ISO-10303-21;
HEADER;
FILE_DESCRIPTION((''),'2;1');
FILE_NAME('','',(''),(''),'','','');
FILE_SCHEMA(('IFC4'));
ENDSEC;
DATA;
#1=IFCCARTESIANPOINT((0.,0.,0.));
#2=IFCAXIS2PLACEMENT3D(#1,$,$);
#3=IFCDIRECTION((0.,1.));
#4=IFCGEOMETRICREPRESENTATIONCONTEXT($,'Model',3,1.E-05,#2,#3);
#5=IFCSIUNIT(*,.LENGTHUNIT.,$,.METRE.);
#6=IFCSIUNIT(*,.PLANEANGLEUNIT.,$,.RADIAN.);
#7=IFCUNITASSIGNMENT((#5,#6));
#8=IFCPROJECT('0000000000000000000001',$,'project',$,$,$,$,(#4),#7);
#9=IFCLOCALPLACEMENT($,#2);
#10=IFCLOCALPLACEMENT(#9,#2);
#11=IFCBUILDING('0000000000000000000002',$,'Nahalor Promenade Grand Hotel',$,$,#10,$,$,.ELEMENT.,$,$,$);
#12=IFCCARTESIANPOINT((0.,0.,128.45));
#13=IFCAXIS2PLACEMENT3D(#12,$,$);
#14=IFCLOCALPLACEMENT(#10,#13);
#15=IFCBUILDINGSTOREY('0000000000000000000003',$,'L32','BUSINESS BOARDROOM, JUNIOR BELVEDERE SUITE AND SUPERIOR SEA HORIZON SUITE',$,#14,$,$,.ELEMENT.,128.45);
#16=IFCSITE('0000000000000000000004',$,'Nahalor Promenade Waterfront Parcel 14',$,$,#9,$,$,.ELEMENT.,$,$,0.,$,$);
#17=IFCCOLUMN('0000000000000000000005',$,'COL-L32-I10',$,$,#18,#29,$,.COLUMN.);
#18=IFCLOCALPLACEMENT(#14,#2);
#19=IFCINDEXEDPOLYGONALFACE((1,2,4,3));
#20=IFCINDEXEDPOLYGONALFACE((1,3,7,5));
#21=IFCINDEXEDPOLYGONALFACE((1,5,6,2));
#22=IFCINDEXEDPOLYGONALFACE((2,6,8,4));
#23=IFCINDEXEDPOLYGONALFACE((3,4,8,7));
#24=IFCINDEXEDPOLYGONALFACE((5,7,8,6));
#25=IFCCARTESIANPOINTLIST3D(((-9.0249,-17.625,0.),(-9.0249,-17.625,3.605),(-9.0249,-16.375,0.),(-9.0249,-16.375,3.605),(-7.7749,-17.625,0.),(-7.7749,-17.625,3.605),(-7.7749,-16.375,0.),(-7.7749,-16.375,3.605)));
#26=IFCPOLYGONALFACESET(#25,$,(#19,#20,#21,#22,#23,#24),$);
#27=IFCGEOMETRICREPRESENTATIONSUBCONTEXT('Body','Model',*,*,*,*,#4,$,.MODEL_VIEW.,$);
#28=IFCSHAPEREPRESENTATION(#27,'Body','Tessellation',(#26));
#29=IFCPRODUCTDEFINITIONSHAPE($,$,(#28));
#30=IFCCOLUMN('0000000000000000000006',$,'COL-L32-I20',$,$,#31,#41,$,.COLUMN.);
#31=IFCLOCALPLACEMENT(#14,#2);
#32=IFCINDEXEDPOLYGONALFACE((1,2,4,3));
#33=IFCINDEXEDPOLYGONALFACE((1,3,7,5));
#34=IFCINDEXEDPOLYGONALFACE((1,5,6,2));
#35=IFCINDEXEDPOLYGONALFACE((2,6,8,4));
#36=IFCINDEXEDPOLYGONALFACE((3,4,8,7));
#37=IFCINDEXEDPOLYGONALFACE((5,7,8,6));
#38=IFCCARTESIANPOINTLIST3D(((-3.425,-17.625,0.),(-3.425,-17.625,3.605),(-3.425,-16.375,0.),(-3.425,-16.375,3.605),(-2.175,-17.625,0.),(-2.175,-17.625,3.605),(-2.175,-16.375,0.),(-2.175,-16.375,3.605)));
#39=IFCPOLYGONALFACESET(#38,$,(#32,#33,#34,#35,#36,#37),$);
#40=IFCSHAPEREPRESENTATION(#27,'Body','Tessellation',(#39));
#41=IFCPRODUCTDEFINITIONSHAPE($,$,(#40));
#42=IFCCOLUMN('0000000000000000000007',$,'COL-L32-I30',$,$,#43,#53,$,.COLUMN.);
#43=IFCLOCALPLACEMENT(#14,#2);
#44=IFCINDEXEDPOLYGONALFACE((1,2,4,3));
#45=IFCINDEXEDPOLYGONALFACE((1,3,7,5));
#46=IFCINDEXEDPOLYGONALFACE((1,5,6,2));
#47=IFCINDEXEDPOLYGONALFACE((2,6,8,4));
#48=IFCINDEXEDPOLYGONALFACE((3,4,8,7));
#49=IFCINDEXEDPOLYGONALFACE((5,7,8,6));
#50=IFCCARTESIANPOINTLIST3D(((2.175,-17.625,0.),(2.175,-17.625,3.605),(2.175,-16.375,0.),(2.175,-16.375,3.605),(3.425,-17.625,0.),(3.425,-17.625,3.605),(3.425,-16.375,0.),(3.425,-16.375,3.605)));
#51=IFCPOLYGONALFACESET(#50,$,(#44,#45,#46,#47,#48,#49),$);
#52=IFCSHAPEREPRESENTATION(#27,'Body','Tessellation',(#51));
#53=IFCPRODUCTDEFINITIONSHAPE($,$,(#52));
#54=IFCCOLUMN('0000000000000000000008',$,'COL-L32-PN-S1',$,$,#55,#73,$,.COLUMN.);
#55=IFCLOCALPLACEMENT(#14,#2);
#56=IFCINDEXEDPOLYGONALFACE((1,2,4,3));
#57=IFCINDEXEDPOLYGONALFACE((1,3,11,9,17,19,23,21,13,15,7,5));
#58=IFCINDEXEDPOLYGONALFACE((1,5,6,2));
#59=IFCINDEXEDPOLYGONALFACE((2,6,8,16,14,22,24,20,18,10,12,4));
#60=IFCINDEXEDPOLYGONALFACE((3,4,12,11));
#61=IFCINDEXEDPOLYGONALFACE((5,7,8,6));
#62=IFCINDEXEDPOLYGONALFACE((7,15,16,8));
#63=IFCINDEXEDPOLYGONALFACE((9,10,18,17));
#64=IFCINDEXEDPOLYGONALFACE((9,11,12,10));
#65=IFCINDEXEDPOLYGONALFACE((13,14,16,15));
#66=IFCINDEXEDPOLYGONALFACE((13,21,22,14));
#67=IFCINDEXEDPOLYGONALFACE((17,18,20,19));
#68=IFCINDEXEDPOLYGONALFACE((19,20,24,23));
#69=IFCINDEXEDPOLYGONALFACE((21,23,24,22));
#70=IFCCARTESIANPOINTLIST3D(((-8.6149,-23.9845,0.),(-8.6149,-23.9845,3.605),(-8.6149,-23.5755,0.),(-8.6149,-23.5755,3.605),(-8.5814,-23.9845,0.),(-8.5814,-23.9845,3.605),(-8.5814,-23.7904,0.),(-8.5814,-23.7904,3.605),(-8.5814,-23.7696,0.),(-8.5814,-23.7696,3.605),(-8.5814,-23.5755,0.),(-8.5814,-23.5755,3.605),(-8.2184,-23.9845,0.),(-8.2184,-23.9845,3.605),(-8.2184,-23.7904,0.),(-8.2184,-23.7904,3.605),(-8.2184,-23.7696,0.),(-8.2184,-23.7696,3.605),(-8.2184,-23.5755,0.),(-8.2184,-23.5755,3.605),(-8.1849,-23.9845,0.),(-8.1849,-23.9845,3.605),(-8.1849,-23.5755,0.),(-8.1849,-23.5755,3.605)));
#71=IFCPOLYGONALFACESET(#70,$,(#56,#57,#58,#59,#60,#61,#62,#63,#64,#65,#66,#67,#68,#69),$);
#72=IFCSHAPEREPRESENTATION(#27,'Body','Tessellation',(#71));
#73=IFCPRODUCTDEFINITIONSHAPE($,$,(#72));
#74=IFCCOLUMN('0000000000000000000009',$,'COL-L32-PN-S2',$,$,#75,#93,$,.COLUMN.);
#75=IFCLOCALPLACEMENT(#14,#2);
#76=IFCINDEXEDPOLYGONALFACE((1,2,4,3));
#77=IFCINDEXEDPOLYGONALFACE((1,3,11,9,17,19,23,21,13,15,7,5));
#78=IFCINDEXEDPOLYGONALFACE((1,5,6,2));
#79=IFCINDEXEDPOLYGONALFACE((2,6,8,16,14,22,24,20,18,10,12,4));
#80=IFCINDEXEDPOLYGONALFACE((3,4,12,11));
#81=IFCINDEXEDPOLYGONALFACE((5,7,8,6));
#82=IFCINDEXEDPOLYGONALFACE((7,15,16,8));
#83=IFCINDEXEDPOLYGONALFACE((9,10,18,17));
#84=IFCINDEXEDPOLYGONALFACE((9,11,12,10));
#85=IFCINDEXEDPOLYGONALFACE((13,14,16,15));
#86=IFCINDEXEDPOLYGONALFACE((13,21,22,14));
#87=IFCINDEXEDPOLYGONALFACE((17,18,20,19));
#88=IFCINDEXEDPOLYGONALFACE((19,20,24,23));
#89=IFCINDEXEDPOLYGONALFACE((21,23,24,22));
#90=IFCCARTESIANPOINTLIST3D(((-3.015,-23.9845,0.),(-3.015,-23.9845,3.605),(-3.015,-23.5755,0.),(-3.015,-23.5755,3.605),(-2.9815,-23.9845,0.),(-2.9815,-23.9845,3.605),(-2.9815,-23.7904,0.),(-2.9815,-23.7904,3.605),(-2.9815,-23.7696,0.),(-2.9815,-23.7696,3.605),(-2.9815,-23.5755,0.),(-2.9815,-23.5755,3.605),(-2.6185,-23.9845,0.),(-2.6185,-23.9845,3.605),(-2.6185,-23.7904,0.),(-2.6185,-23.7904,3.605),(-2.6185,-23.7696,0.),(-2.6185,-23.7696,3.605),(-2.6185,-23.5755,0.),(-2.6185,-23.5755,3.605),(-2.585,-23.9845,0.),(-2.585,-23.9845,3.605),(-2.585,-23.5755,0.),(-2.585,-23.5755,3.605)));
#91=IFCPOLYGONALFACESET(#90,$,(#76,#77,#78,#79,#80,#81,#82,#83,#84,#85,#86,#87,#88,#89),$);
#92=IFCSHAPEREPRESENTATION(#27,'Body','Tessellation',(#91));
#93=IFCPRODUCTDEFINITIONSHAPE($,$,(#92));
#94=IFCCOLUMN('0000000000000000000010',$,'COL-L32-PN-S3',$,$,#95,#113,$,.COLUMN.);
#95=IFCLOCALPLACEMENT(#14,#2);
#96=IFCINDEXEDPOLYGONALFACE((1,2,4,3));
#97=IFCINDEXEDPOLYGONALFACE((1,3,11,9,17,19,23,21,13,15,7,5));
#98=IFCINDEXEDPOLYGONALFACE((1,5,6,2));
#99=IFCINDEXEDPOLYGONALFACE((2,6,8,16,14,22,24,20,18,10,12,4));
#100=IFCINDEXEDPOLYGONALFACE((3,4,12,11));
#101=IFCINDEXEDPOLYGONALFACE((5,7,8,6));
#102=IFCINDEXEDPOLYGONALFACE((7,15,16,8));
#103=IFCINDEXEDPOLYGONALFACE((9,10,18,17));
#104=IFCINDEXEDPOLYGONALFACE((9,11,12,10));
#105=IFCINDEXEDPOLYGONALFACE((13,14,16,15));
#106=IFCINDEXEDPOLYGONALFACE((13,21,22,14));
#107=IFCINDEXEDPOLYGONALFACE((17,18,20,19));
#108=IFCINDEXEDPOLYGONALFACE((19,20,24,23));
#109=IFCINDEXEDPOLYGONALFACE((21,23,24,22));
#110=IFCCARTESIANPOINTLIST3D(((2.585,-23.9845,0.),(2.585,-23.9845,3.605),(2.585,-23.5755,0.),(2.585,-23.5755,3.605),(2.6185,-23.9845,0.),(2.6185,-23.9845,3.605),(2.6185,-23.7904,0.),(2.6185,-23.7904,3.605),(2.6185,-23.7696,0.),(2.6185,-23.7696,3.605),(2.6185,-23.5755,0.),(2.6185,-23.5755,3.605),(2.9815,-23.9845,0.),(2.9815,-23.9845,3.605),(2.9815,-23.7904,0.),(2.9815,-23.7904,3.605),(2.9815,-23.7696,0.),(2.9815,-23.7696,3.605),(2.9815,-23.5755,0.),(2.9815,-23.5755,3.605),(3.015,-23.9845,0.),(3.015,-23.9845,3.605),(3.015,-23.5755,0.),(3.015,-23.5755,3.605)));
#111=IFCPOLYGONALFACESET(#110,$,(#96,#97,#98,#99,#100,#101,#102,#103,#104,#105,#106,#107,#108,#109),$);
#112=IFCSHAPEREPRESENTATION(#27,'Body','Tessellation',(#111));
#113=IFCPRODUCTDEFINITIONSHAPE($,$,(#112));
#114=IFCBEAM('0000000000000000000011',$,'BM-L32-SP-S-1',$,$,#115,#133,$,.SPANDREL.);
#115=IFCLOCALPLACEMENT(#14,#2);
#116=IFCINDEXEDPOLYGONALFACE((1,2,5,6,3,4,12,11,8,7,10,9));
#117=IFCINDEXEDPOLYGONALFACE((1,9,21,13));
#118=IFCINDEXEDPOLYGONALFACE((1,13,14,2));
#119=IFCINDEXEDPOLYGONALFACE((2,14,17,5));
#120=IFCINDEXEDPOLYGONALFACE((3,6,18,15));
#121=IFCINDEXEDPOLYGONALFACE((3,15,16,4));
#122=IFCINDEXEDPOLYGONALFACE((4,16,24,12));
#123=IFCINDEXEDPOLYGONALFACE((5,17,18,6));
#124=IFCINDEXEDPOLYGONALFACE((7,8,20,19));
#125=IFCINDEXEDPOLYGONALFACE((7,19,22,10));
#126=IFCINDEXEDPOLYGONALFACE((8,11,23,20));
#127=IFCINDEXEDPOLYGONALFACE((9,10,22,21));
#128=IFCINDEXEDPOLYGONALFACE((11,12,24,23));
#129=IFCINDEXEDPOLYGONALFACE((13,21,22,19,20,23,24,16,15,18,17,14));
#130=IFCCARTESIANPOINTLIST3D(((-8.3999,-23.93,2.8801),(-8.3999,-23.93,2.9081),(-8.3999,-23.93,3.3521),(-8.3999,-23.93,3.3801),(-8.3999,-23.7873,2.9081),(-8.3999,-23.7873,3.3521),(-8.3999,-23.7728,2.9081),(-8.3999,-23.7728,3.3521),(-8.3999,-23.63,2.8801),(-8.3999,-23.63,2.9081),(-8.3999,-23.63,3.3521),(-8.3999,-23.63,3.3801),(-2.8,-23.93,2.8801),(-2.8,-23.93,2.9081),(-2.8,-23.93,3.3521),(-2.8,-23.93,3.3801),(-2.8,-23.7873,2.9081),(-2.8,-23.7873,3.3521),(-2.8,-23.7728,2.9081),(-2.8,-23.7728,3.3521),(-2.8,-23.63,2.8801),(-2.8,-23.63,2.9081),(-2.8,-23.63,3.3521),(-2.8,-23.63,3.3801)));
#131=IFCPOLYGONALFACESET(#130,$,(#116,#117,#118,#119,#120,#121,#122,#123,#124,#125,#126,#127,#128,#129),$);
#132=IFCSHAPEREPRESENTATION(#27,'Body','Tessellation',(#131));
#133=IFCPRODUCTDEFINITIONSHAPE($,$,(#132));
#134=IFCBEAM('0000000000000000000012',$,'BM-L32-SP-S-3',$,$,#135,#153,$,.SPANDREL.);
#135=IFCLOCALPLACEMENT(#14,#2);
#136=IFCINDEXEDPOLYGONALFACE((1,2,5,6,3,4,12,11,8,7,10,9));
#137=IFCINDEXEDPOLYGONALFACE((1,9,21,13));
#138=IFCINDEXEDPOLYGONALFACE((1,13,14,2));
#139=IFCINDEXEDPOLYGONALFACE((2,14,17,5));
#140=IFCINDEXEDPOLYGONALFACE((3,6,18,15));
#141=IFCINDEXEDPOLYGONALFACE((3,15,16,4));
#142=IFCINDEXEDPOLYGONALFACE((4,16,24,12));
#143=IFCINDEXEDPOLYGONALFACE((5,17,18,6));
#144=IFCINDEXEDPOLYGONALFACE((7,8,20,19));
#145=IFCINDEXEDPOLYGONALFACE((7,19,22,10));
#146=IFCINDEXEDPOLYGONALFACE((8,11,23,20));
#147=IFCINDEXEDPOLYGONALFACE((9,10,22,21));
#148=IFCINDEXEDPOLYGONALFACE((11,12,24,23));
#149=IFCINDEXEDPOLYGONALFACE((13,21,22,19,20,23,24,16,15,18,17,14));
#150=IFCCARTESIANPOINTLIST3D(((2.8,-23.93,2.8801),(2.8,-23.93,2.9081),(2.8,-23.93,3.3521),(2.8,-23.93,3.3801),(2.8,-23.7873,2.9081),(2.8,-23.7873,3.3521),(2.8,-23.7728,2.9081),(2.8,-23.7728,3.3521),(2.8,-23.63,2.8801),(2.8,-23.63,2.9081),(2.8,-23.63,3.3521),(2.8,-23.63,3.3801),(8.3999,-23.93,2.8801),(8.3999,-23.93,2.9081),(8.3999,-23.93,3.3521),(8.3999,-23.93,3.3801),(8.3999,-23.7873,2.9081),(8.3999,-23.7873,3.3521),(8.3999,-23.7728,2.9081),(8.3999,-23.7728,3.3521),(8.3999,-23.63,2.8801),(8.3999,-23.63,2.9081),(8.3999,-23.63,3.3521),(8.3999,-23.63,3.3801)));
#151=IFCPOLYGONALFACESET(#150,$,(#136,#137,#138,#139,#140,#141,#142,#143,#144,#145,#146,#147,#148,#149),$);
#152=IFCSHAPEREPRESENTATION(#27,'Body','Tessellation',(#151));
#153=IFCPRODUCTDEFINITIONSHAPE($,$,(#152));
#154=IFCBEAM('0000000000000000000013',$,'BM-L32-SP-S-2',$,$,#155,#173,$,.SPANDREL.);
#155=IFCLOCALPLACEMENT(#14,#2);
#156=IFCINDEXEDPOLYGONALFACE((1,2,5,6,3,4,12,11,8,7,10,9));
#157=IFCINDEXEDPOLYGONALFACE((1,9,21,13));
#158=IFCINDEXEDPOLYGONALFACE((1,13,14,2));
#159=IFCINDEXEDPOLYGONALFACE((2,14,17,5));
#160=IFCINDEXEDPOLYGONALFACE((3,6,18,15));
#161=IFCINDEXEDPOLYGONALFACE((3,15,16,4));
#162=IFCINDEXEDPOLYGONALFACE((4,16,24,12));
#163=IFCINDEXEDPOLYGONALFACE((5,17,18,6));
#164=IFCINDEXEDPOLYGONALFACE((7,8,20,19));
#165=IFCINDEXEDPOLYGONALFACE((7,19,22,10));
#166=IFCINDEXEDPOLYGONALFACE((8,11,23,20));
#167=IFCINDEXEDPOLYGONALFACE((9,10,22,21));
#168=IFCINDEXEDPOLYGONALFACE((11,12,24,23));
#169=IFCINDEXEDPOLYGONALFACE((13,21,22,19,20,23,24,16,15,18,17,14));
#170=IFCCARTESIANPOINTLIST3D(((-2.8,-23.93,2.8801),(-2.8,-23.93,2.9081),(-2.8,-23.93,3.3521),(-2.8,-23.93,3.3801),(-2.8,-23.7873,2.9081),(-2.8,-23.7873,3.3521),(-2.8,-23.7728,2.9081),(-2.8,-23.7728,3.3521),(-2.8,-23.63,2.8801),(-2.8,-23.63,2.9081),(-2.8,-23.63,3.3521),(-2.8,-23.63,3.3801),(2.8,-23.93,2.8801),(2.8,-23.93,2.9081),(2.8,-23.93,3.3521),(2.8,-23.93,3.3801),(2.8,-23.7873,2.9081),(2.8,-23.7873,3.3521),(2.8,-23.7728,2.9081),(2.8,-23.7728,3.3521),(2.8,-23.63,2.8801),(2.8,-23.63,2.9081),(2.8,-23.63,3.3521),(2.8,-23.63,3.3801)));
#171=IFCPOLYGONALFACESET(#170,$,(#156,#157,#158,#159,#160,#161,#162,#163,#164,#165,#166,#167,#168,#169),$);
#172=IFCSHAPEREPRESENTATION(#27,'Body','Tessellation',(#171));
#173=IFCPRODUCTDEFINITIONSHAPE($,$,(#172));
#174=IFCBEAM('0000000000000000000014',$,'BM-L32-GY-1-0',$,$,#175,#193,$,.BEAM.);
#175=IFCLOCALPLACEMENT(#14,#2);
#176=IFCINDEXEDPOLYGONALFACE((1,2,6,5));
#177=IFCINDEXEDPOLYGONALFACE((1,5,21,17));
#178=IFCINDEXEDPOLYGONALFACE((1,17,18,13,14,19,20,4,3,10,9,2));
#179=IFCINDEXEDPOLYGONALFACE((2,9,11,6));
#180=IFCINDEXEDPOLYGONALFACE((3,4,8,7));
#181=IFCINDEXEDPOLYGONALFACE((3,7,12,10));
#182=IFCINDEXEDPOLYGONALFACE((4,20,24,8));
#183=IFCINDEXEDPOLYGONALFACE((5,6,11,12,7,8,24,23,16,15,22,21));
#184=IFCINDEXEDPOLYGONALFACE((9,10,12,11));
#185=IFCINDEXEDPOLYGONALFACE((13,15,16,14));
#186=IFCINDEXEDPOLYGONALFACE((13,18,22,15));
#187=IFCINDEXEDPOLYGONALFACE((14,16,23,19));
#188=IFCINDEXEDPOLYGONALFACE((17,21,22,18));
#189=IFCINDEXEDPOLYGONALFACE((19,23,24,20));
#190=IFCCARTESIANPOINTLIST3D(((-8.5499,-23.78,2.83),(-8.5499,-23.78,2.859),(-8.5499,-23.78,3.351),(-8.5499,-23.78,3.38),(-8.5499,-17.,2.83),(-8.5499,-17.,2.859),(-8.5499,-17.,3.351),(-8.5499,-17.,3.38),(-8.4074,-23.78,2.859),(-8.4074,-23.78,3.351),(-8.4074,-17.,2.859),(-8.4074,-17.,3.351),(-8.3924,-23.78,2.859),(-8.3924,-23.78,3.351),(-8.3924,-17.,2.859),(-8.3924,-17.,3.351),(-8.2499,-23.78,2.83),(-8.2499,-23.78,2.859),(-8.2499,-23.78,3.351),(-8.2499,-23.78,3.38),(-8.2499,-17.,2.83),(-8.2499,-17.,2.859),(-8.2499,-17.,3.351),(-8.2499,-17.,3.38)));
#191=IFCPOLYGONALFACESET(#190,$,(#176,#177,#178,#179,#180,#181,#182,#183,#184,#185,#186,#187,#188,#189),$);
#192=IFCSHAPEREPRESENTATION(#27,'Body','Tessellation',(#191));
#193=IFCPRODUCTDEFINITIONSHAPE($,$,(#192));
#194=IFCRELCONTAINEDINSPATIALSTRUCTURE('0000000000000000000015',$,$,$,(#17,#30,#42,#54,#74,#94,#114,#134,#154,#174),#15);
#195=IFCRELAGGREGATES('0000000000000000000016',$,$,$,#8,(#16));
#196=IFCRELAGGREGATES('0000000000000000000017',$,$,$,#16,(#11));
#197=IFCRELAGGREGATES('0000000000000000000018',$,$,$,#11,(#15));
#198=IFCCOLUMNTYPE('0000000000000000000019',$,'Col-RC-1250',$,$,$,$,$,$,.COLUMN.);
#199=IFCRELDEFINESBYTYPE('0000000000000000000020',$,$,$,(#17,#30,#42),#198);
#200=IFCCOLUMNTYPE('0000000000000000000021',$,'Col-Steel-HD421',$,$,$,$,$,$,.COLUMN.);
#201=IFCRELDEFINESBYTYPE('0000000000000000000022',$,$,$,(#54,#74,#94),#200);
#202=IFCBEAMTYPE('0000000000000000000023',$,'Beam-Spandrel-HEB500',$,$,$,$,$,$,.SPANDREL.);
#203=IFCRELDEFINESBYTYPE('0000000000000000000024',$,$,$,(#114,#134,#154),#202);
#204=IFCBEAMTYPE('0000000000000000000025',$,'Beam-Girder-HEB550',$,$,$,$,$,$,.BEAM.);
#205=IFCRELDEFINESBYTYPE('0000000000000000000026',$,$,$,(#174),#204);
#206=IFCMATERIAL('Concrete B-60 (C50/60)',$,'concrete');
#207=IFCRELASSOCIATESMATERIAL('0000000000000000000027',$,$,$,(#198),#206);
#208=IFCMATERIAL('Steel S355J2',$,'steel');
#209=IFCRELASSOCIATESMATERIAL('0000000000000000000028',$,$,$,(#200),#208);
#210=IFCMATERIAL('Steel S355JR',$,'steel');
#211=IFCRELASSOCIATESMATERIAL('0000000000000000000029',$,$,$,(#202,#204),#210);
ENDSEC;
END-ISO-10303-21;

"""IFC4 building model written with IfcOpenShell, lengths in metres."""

from ifc_helpers import new_model, si_unit, direction, frame, origin, origin_2d, place, context, subcontext, project, spatial, rectangle, i_section, extrude, source, transform, mapped, material, material_profile, profile_set, type_object, element, save


model = new_model("IFC4")

# Units and contexts
model_context = context("Model", 3, precision=1e-05, world=origin(), true_north=direction((0.0, 1.0)))
body_context = subcontext(model_context, "Body", "Model", "MODEL_VIEW")
ifc_project = project(units=[si_unit("LENGTHUNIT", "METRE"), si_unit("PLANEANGLEUNIT", "RADIAN")], contexts=[model_context])

# Site, building, storey
site_placement = place(None, origin())
site = spatial("IfcSite", under=ifc_project, at=site_placement, Name="Nahalor Promenade Waterfront Parcel 14", CompositionType="ELEMENT", RefElevation=0.0)
building_placement = place(site_placement, origin())
building = spatial("IfcBuilding", under=site, at=building_placement, Name="Nahalor Promenade Grand Hotel", CompositionType="ELEMENT")
storey_placement = place(building_placement, frame((0.0, 0.0, 128.45)))
storey = spatial("IfcBuildingStorey", under=building, at=storey_placement, Name="L32", Description="BUSINESS BOARDROOM, JUNIOR BELVEDERE SUITE AND SUPERIOR SEA HORIZON SUITE", CompositionType="ELEMENT", Elevation=128.45)

# Columns
ifc_material_1 = material(Name="Concrete B-60 (C50/60)", Category="concrete")
ifc_material_profile_1 = material_profile(ifc_material_1, rectangle(XDim=1.25, YDim=1.25, at=origin_2d()), Name="RC 1250x1250")
ifc_profile_set_1 = profile_set([ifc_material_profile_1], Name="Concrete B-60 (C50/60)")
column_type_1 = type_object("IfcColumnType", Name="Col-RC-1250", PredefinedType="COLUMN", material=ifc_profile_set_1)
shared_shape_1 = source(origin(), body_context, "Body", "SweptSolid", [
    extrude(rectangle(XDim=1.25, YDim=1.25, at=origin_2d()), origin(), (0.0, 0.0, 1.0), 3.605),
])
for number, where, z_axis, x_axis, name in (
    (1, (-8.3999, -17.0, 0.0), (0.0, 0.0, 1.0), (1.0, 0.0, 0.0), "COL-L32-I10"),
    (2, (-2.8, -17.0, 0.0), (0.0, 0.0, 1.0), (1.0, 0.0, 0.0), "COL-L32-I20"),
    (3, (2.8, -17.0, 0.0), (0.0, 0.0, 1.0), (1.0, 0.0, 0.0), "COL-L32-I30"),
):
    element("IfcColumn", number, at=place(storey_placement, frame(where, z_axis=z_axis, x_axis=x_axis)), inside=storey, type_object=column_type_1, Name=name, PredefinedType="COLUMN", context=body_context, shape_type="MappedRepresentation", body=[
        mapped(shared_shape_1, transform((0.0, 0.0, 0.0), scale=1.0)),
    ])
ifc_material_2 = material(Name="Steel S355J2", Category="steel")
ifc_material_profile_2 = material_profile(ifc_material_2, i_section(OverallWidth=0.409, OverallDepth=0.43, WebThickness=0.0208, FlangeThickness=0.0335, at=origin_2d()), Name="HD 400x421")
ifc_profile_set_2 = profile_set([ifc_material_profile_2], Name="Steel S355J2")
column_type_2 = type_object("IfcColumnType", Name="Col-Steel-HD421", PredefinedType="COLUMN", material=ifc_profile_set_2)
shared_shape_2 = source(origin(), body_context, "Body", "SweptSolid", [
    extrude(i_section(OverallWidth=0.409, OverallDepth=0.43, WebThickness=0.0208, FlangeThickness=0.0335, at=origin_2d()), origin(), (0.0, 0.0, 1.0), 3.605),
])
for number, where, z_axis, x_axis, name in (
    (4, (-8.3999, -23.78, 0.0), (0.0, 0.0, 1.0), (0.0, 1.0, 0.0), "COL-L32-PN-S1"),
    (5, (-2.8, -23.78, 0.0), (0.0, 0.0, 1.0), (0.0, 1.0, 0.0), "COL-L32-PN-S2"),
    (6, (2.8, -23.78, 0.0), (0.0, 0.0, 1.0), (0.0, 1.0, 0.0), "COL-L32-PN-S3"),
):
    element("IfcColumn", number, at=place(storey_placement, frame(where, z_axis=z_axis, x_axis=x_axis)), inside=storey, type_object=column_type_2, Name=name, PredefinedType="COLUMN", context=body_context, shape_type="MappedRepresentation", body=[
        mapped(shared_shape_2, transform((0.0, 0.0, 0.0), scale=1.0)),
    ])

# Beams
ifc_material_3 = material(Name="Steel S355JR", Category="steel")
ifc_material_profile_3 = material_profile(ifc_material_3, i_section(OverallWidth=0.3, OverallDepth=0.5, WebThickness=0.0145, FlangeThickness=0.028, at=origin_2d()), Name="HEB 500")
ifc_profile_set_3 = profile_set([ifc_material_profile_3], Name="Steel S355JR")
beam_type_1 = type_object("IfcBeamType", Name="Beam-Spandrel-HEB500", PredefinedType="SPANDREL", material=ifc_profile_set_3)
shared_shape_3 = source(origin(), body_context, "Body", "SweptSolid", [
    extrude(i_section(OverallWidth=0.3, OverallDepth=0.5, WebThickness=0.0145, FlangeThickness=0.028, at=origin_2d()), origin(), (0.0, 0.0, 1.0), 5.5999),
])
for number, where, z_axis, x_axis, name in (
    (7, (-8.3999, -23.78, 3.1301), (1.0, 0.0, 0.0), (0.0, 1.0, 0.0), "BM-L32-SP-S-1"),
    (8, (2.8, -23.78, 3.1301), (1.0, 0.0, 0.0), (0.0, 1.0, 0.0), "BM-L32-SP-S-3"),
):
    element("IfcBeam", number, at=place(storey_placement, frame(where, z_axis=z_axis, x_axis=x_axis)), inside=storey, type_object=beam_type_1, Name=name, PredefinedType="SPANDREL", context=body_context, shape_type="MappedRepresentation", body=[
        mapped(shared_shape_3, transform((0.0, 0.0, 0.0), scale=1.0)),
    ])
shared_shape_4 = source(origin(), body_context, "Body", "SweptSolid", [
    extrude(i_section(OverallWidth=0.3, OverallDepth=0.5, WebThickness=0.0145, FlangeThickness=0.028, at=origin_2d()), origin(), (0.0, 0.0, 1.0), 5.6001),
])
beam_1_placement = place(storey_placement, frame((-2.8, -23.78, 3.1301), z_axis=(1.0, 0.0, 0.0), x_axis=(0.0, 1.0, 0.0)))
element("IfcBeam", 9, at=beam_1_placement, inside=storey, type_object=beam_type_1, Name="BM-L32-SP-S-2", PredefinedType="SPANDREL", context=body_context, shape_type="MappedRepresentation", body=[
    mapped(shared_shape_4, transform((0.0, 0.0, 0.0), scale=1.0)),
])
ifc_material_profile_4 = material_profile(ifc_material_3, i_section(OverallWidth=0.3, OverallDepth=0.55, WebThickness=0.015, FlangeThickness=0.029, at=origin_2d()), Name="HEB 550")
ifc_profile_set_4 = profile_set([ifc_material_profile_4], Name="Steel S355JR")
beam_type_2 = type_object("IfcBeamType", Name="Beam-Girder-HEB550", PredefinedType="BEAM", material=ifc_profile_set_4)
shared_shape_5 = source(origin(), body_context, "Body", "SweptSolid", [
    extrude(i_section(OverallWidth=0.3, OverallDepth=0.55, WebThickness=0.015, FlangeThickness=0.029, at=origin_2d()), origin(), (0.0, 0.0, 1.0), 6.78),
])
for number, where, z_axis, x_axis, name in (
    (10, (-8.3999, -23.78, 3.105), (0.0, 1.0, 0.0), (-1.0, 0.0, 0.0), "BM-L32-GY-1-0"),
):
    element("IfcBeam", number, at=place(storey_placement, frame(where, z_axis=z_axis, x_axis=x_axis)), inside=storey, type_object=beam_type_2, Name=name, PredefinedType="BEAM", context=body_context, shape_type="MappedRepresentation", body=[
        mapped(shared_shape_5, transform((0.0, 0.0, 0.0), scale=1.0)),
    ])

save(model, "model.ifc")
